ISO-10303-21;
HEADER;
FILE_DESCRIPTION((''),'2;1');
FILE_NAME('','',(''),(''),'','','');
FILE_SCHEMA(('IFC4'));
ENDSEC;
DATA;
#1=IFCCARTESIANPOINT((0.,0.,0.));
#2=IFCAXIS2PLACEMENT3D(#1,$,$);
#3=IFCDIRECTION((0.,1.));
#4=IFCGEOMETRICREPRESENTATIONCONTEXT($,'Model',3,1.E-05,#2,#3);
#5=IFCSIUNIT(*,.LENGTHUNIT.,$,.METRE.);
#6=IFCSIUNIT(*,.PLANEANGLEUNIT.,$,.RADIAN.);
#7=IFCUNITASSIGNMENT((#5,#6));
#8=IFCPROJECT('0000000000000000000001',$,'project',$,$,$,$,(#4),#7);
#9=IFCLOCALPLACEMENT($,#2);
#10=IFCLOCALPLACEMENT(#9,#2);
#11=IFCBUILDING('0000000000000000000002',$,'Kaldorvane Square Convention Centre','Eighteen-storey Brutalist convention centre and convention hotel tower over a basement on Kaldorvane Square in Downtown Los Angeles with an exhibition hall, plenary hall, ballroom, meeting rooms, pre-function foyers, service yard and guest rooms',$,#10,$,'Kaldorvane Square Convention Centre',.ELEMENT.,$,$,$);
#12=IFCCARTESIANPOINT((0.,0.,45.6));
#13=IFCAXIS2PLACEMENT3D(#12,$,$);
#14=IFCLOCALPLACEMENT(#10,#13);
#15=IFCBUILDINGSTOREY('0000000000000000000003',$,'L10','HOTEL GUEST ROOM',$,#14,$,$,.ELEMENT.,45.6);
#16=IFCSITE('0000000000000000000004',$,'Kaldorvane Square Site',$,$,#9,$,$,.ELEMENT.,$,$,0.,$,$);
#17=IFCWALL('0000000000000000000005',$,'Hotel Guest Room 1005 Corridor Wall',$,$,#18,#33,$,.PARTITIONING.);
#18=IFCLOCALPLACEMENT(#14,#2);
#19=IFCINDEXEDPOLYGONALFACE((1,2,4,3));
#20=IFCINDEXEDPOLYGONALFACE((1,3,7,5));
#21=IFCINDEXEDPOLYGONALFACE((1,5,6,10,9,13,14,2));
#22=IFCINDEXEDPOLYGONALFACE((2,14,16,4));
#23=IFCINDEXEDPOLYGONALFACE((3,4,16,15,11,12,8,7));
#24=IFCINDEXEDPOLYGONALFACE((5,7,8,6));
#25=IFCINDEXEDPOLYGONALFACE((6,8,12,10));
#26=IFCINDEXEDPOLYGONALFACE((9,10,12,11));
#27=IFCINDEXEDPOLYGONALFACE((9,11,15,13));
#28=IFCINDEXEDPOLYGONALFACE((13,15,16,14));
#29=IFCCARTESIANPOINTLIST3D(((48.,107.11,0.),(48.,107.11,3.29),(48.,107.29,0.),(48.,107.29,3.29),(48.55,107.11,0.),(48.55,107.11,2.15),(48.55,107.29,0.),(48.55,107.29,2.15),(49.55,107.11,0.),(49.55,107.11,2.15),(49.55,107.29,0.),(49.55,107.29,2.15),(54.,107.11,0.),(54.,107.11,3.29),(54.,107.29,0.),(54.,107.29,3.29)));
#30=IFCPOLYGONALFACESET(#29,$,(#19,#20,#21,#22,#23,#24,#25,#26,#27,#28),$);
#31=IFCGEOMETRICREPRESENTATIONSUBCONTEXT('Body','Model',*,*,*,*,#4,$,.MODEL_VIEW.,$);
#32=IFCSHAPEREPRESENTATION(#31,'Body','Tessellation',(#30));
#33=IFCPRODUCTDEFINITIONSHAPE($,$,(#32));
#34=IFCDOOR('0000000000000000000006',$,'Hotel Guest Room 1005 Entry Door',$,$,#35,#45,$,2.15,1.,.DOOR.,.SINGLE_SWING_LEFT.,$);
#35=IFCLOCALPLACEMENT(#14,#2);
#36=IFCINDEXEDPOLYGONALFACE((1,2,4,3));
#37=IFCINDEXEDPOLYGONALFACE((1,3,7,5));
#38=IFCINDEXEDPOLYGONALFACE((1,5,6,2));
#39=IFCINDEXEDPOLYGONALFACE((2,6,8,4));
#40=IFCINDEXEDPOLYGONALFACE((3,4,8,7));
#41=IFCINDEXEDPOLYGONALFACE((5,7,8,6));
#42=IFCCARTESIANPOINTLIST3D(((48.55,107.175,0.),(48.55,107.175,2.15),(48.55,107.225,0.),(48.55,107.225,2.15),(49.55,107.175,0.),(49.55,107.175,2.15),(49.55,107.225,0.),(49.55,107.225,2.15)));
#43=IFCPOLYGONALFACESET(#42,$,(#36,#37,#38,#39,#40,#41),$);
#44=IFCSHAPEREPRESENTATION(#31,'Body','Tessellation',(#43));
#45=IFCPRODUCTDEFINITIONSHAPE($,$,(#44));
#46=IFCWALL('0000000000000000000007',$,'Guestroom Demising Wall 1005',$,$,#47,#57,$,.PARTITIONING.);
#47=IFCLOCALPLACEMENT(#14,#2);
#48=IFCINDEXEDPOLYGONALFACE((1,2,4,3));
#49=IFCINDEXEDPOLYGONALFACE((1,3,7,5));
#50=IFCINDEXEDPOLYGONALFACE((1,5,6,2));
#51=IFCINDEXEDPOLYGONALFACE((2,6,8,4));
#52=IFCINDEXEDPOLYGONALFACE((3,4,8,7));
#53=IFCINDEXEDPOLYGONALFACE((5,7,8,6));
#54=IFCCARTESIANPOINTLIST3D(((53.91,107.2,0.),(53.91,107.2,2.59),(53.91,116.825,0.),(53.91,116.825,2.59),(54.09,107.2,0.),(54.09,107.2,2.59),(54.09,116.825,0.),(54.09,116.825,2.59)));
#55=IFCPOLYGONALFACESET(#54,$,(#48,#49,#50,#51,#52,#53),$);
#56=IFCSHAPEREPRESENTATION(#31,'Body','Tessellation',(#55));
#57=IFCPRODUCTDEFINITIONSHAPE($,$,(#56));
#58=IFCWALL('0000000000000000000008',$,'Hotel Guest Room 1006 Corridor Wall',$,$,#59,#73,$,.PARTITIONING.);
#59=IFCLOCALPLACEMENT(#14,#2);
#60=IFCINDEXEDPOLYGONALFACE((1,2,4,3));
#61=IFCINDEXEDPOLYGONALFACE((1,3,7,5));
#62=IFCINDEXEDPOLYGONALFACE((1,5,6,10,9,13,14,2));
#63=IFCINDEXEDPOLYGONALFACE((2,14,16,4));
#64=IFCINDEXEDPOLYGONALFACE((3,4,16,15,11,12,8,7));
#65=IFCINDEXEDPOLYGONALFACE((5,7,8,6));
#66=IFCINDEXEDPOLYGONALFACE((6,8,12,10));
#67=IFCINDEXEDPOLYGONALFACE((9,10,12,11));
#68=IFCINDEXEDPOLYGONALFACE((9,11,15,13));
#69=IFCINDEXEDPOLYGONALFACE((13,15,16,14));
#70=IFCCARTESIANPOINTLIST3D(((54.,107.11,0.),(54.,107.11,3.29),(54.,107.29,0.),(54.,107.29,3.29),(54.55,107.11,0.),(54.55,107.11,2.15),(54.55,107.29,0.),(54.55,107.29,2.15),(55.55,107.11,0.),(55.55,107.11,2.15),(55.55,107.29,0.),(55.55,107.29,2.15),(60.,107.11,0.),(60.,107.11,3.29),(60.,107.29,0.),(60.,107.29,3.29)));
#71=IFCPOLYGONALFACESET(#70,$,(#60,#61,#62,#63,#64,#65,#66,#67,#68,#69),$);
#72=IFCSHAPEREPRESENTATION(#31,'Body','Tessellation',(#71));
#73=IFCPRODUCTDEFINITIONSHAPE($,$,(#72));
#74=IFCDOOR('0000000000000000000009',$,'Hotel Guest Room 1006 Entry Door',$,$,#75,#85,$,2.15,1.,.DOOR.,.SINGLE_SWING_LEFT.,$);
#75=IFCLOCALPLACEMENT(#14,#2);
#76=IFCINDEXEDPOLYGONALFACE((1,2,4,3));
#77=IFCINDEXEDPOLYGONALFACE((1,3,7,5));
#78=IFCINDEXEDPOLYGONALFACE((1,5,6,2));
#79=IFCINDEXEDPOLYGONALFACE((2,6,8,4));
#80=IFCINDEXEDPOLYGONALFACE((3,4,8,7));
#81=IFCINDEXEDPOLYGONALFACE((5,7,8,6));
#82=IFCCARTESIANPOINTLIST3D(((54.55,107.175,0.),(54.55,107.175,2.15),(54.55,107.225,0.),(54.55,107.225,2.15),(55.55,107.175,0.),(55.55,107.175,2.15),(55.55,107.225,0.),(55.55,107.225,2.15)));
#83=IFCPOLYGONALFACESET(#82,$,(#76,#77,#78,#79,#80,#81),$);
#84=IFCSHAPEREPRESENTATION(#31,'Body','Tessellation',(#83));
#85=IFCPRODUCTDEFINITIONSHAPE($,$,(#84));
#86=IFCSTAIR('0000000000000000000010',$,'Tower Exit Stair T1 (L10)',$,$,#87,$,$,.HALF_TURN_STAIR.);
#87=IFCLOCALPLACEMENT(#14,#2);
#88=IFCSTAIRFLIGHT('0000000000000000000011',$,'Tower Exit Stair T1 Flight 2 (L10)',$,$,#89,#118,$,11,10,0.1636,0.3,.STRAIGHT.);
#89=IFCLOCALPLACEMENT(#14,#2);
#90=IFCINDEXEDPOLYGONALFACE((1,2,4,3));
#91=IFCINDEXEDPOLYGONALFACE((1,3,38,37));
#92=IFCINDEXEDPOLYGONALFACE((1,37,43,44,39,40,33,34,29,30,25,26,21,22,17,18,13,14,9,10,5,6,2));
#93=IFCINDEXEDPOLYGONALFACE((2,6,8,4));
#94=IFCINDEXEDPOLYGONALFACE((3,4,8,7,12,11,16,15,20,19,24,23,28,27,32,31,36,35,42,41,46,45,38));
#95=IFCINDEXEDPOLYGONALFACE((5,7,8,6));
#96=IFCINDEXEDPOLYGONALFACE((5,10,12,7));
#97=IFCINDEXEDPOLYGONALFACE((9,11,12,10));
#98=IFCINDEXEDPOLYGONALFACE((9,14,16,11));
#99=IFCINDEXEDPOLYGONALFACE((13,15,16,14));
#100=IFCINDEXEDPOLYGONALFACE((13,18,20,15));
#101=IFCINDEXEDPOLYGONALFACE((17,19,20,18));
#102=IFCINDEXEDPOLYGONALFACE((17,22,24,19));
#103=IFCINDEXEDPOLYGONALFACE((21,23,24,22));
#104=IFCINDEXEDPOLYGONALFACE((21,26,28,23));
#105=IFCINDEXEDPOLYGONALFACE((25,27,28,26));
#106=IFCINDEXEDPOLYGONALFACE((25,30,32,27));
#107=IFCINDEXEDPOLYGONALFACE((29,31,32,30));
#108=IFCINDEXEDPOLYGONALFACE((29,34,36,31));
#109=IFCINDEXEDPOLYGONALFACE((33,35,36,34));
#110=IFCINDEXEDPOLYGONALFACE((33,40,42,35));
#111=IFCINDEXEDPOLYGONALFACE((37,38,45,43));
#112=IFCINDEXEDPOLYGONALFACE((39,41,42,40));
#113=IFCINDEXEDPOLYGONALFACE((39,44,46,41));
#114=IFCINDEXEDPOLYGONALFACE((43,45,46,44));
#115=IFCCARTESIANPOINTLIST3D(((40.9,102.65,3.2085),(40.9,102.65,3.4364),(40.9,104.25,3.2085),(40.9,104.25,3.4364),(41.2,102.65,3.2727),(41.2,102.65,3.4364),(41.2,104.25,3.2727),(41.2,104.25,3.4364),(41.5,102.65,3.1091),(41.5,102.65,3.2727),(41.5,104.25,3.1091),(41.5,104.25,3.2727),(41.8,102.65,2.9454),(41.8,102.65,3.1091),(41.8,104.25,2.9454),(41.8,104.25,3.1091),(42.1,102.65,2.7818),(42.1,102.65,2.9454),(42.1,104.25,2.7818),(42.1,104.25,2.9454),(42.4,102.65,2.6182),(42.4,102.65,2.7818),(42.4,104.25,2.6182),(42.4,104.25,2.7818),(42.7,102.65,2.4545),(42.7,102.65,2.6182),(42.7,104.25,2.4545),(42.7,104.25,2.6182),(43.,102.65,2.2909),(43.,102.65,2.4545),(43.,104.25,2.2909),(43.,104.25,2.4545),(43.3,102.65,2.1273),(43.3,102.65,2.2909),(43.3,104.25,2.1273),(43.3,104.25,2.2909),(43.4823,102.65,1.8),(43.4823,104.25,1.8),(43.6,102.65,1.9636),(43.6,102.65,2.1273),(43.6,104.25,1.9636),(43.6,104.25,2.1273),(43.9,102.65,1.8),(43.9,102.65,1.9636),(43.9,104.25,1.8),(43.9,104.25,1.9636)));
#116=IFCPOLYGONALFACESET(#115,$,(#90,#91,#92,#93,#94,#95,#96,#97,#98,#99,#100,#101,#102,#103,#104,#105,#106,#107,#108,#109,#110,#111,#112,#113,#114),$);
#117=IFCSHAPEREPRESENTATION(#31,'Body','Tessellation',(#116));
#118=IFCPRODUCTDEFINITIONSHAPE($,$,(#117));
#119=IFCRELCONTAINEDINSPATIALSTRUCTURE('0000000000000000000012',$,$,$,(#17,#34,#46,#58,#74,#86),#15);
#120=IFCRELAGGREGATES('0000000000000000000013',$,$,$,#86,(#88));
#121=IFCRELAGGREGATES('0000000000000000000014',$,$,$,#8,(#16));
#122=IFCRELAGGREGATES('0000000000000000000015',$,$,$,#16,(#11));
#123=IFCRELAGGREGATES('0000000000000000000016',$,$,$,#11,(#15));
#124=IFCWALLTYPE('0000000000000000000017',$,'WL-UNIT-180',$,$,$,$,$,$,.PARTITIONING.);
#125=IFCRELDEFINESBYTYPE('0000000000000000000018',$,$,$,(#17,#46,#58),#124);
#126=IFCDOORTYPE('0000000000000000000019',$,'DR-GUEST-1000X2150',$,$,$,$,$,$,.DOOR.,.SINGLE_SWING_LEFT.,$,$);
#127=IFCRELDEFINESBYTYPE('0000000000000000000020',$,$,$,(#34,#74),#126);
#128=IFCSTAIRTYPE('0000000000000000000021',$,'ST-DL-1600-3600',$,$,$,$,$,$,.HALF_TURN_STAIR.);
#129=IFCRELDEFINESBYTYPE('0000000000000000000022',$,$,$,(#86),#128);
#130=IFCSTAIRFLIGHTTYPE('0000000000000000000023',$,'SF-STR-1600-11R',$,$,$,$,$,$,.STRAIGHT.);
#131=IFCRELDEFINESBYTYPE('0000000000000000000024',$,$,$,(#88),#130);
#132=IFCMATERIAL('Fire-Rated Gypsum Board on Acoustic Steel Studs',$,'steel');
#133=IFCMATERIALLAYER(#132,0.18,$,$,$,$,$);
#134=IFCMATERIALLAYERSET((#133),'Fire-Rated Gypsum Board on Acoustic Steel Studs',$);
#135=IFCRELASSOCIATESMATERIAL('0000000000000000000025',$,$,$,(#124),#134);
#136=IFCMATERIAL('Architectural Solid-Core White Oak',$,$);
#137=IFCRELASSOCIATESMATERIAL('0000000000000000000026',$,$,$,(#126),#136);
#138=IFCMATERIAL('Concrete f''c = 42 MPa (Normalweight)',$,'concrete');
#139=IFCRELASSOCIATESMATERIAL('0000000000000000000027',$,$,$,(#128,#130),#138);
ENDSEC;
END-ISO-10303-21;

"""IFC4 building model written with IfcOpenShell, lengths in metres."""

from ifc_helpers import new_model, si_unit, direction, frame, frame_2d, origin, place, context, subcontext, project, spatial, polyline, rectangle, outline, extrude, material, layer, layer_set, type_object, element, fill, aggregate, save


model = new_model("IFC4")

# Units and contexts
model_context = context("Model", 3, precision=1e-05, world=origin(), true_north=direction((0.0, 1.0)))
body_context = subcontext(model_context, "Body", "Model", "MODEL_VIEW")
ifc_project = project(units=[si_unit("LENGTHUNIT", "METRE"), si_unit("PLANEANGLEUNIT", "RADIAN")], contexts=[model_context])

# Site, building, storey
site_placement = place(None, origin())
site = spatial("IfcSite", under=ifc_project, at=site_placement, Name="Kaldorvane Square Site", CompositionType="ELEMENT", RefElevation=0.0)
building_placement = place(site_placement, origin())
building = spatial("IfcBuilding", under=site, at=building_placement, Name="Kaldorvane Square Convention Centre", Description="Eighteen-storey Brutalist convention centre and convention hotel tower over a basement on Kaldorvane Square in Downtown Los Angeles with an exhibition hall, plenary hall, ballroom, meeting rooms, pre-function foyers, service yard and guest rooms", LongName="Kaldorvane Square Convention Centre", CompositionType="ELEMENT")
storey_placement = place(building_placement, frame((0.0, 0.0, 45.6)))
storey = spatial("IfcBuildingStorey", under=building, at=storey_placement, Name="L10", Description="HOTEL GUEST ROOM", CompositionType="ELEMENT", Elevation=45.6)

# Shared definitions
ifc_material_1 = material(Name="Concrete f'c = 42 MPa (Normalweight)", Category="concrete")

# Shared definitions
ifc_material_2 = material(Name="Fire-Rated Gypsum Board on Acoustic Steel Studs", Category="steel")
ifc_material_3 = material(Name="Architectural Solid-Core White Oak")

# Shared definitions
ifc_layer_1 = layer(ifc_material_2, 0.18)
ifc_layer_set_1 = layer_set([ifc_layer_1], Name="Fire-Rated Gypsum Board on Acoustic Steel Studs")
wall_type_1 = type_object("IfcWallType", Name="WL-UNIT-180", PredefinedType="PARTITIONING", material=ifc_layer_set_1)

# Wall, opening, door
wall_1_placement = place(storey_placement, frame((48.0, 107.2, 0.0), z_axis=(0.0, 0.0, 1.0), x_axis=(1.0, 0.0, 0.0)))
wall_1 = element("IfcWall", 1, at=wall_1_placement, inside=storey, type_object=wall_type_1, Name="Hotel Guest Room 1005 Corridor Wall", PredefinedType="PARTITIONING", context=body_context, shape_type="SweptSolid", body=[
    extrude(rectangle(XDim=6.0, YDim=0.18, at=frame_2d((3.0, 0.0))), origin(), (0.0, 0.0, 1.0), 3.29),
])
opening_1_placement = place(wall_1_placement, frame((0.55, 0.0, 0.0)))
opening_1 = element("IfcOpeningElement", 2, at=opening_1_placement, cuts=wall_1, PredefinedType="OPENING", context=body_context, shape_type="SweptSolid", body=[
    extrude(rectangle(XDim=1.0, YDim=2.15, at=frame_2d((0.5, 1.075))), frame((0.0, 0.105, 0.0), z_axis=(0.0, -1.0, 0.0), x_axis=(1.0, 0.0, 0.0)), (0.0, 0.0, 1.0), 0.21),
])
door_type_1 = type_object("IfcDoorType", Name="DR-GUEST-1000X2150", OperationType="SINGLE_SWING_LEFT", PredefinedType="DOOR", material=ifc_material_3)
door_1_placement = place(opening_1_placement, origin())
door_1 = element("IfcDoor", 3, at=door_1_placement, inside=storey, type_object=door_type_1, Name="Hotel Guest Room 1005 Entry Door", OperationType="SINGLE_SWING_LEFT", OverallHeight=2.15, OverallWidth=1.0, PredefinedType="DOOR", context=body_context, shape_type="SweptSolid", body=[
    extrude(rectangle(XDim=1.0, YDim=2.15, at=frame_2d((0.5, 1.075))), frame((0.0, 0.025, 0.0), z_axis=(0.0, -1.0, 0.0), x_axis=(1.0, 0.0, 0.0)), (0.0, 0.0, 1.0), 0.05),
])
fill(opening_1, door_1)

# Wall
wall_2_placement = place(storey_placement, frame((54.0, 107.2, 0.0), z_axis=(0.0, 0.0, 1.0), x_axis=(0.0, 1.0, 0.0)))
element("IfcWall", 4, at=wall_2_placement, inside=storey, type_object=wall_type_1, Name="Guestroom Demising Wall 1005", PredefinedType="PARTITIONING", context=body_context, shape_type="SweptSolid", body=[
    extrude(rectangle(XDim=9.625, YDim=0.18, at=frame_2d((4.8125, 0.0))), origin(), (0.0, 0.0, 1.0), 2.59),
])

# Wall, opening, door
wall_3_placement = place(storey_placement, frame((54.0, 107.2, 0.0), z_axis=(0.0, 0.0, 1.0), x_axis=(1.0, 0.0, 0.0)))
wall_3 = element("IfcWall", 5, at=wall_3_placement, inside=storey, type_object=wall_type_1, Name="Hotel Guest Room 1006 Corridor Wall", PredefinedType="PARTITIONING", context=body_context, shape_type="SweptSolid", body=[
    extrude(rectangle(XDim=6.0, YDim=0.18, at=frame_2d((3.0, 0.0))), origin(), (0.0, 0.0, 1.0), 3.29),
])
opening_2_placement = place(wall_3_placement, frame((0.55, 0.0, 0.0)))
opening_2 = element("IfcOpeningElement", 6, at=opening_2_placement, cuts=wall_3, PredefinedType="OPENING", context=body_context, shape_type="SweptSolid", body=[
    extrude(rectangle(XDim=1.0, YDim=2.15, at=frame_2d((0.5, 1.075))), frame((0.0, 0.105, 0.0), z_axis=(0.0, -1.0, 0.0), x_axis=(1.0, 0.0, 0.0)), (0.0, 0.0, 1.0), 0.21),
])
door_2_placement = place(opening_2_placement, origin())
door_2 = element("IfcDoor", 7, at=door_2_placement, inside=storey, type_object=door_type_1, Name="Hotel Guest Room 1006 Entry Door", OperationType="SINGLE_SWING_LEFT", OverallHeight=2.15, OverallWidth=1.0, PredefinedType="DOOR", context=body_context, shape_type="SweptSolid", body=[
    extrude(rectangle(XDim=1.0, YDim=2.15, at=frame_2d((0.5, 1.075))), frame((0.0, 0.025, 0.0), z_axis=(0.0, -1.0, 0.0), x_axis=(1.0, 0.0, 0.0)), (0.0, 0.0, 1.0), 0.05),
])
fill(opening_2, door_2)

# Stair, stair flight
stair_type = type_object("IfcStairType", Name="ST-DL-1600-3600", PredefinedType="HALF_TURN_STAIR", material=ifc_material_1)
stair_placement = place(storey_placement, origin())
stair = element("IfcStair", 8, at=stair_placement, inside=storey, type_object=stair_type, Name="Tower Exit Stair T1 (L10)", PredefinedType="HALF_TURN_STAIR")
stair_flight_type = type_object("IfcStairFlightType", Name="SF-STR-1600-11R", PredefinedType="STRAIGHT", material=ifc_material_1)
stair_flight_placement = place(storey_placement, frame((43.9, 103.45, 1.8), z_axis=(0.0, 0.0, 1.0), x_axis=(-1.0, 0.0, 0.0)))
stair_flight = element("IfcStairFlight", 9, at=stair_flight_placement, type_object=stair_flight_type, Name="Tower Exit Stair T1 Flight 2 (L10)", NumberOfRisers=11, NumberOfTreads=10, PredefinedType="STRAIGHT", RiserHeight=0.1636, TreadLength=0.3, context=body_context, shape_type="SweptSolid", body=[
    extrude(outline(polyline([(0.0, 0.0), (0.0, 0.1636), (0.3, 0.1636), (0.3, 0.3273), (0.6, 0.3273), (0.6, 0.4909), (0.9, 0.4909), (0.9, 0.6545), (1.2, 0.6545), (1.2, 0.8182), (1.5, 0.8182), (1.5, 0.9818), (1.8, 0.9818), (1.8, 1.1455), (2.1, 1.1455), (2.1, 1.3091), (2.4, 1.3091), (2.4, 1.4727), (2.7, 1.4727), (2.7, 1.6364), (3.0, 1.6364), (3.0, 1.8), (3.0, 1.4086), (0.4177, 0.0), (0.0, 0.0)])), frame((0.0, 0.8, 0.0), z_axis=(0.0, -1.0, 0.0), x_axis=(1.0, 0.0, 0.0)), (0.0, 0.0, 1.0), 1.6),
])
aggregate(stair, [stair_flight])

save(model, "model.ifc")
